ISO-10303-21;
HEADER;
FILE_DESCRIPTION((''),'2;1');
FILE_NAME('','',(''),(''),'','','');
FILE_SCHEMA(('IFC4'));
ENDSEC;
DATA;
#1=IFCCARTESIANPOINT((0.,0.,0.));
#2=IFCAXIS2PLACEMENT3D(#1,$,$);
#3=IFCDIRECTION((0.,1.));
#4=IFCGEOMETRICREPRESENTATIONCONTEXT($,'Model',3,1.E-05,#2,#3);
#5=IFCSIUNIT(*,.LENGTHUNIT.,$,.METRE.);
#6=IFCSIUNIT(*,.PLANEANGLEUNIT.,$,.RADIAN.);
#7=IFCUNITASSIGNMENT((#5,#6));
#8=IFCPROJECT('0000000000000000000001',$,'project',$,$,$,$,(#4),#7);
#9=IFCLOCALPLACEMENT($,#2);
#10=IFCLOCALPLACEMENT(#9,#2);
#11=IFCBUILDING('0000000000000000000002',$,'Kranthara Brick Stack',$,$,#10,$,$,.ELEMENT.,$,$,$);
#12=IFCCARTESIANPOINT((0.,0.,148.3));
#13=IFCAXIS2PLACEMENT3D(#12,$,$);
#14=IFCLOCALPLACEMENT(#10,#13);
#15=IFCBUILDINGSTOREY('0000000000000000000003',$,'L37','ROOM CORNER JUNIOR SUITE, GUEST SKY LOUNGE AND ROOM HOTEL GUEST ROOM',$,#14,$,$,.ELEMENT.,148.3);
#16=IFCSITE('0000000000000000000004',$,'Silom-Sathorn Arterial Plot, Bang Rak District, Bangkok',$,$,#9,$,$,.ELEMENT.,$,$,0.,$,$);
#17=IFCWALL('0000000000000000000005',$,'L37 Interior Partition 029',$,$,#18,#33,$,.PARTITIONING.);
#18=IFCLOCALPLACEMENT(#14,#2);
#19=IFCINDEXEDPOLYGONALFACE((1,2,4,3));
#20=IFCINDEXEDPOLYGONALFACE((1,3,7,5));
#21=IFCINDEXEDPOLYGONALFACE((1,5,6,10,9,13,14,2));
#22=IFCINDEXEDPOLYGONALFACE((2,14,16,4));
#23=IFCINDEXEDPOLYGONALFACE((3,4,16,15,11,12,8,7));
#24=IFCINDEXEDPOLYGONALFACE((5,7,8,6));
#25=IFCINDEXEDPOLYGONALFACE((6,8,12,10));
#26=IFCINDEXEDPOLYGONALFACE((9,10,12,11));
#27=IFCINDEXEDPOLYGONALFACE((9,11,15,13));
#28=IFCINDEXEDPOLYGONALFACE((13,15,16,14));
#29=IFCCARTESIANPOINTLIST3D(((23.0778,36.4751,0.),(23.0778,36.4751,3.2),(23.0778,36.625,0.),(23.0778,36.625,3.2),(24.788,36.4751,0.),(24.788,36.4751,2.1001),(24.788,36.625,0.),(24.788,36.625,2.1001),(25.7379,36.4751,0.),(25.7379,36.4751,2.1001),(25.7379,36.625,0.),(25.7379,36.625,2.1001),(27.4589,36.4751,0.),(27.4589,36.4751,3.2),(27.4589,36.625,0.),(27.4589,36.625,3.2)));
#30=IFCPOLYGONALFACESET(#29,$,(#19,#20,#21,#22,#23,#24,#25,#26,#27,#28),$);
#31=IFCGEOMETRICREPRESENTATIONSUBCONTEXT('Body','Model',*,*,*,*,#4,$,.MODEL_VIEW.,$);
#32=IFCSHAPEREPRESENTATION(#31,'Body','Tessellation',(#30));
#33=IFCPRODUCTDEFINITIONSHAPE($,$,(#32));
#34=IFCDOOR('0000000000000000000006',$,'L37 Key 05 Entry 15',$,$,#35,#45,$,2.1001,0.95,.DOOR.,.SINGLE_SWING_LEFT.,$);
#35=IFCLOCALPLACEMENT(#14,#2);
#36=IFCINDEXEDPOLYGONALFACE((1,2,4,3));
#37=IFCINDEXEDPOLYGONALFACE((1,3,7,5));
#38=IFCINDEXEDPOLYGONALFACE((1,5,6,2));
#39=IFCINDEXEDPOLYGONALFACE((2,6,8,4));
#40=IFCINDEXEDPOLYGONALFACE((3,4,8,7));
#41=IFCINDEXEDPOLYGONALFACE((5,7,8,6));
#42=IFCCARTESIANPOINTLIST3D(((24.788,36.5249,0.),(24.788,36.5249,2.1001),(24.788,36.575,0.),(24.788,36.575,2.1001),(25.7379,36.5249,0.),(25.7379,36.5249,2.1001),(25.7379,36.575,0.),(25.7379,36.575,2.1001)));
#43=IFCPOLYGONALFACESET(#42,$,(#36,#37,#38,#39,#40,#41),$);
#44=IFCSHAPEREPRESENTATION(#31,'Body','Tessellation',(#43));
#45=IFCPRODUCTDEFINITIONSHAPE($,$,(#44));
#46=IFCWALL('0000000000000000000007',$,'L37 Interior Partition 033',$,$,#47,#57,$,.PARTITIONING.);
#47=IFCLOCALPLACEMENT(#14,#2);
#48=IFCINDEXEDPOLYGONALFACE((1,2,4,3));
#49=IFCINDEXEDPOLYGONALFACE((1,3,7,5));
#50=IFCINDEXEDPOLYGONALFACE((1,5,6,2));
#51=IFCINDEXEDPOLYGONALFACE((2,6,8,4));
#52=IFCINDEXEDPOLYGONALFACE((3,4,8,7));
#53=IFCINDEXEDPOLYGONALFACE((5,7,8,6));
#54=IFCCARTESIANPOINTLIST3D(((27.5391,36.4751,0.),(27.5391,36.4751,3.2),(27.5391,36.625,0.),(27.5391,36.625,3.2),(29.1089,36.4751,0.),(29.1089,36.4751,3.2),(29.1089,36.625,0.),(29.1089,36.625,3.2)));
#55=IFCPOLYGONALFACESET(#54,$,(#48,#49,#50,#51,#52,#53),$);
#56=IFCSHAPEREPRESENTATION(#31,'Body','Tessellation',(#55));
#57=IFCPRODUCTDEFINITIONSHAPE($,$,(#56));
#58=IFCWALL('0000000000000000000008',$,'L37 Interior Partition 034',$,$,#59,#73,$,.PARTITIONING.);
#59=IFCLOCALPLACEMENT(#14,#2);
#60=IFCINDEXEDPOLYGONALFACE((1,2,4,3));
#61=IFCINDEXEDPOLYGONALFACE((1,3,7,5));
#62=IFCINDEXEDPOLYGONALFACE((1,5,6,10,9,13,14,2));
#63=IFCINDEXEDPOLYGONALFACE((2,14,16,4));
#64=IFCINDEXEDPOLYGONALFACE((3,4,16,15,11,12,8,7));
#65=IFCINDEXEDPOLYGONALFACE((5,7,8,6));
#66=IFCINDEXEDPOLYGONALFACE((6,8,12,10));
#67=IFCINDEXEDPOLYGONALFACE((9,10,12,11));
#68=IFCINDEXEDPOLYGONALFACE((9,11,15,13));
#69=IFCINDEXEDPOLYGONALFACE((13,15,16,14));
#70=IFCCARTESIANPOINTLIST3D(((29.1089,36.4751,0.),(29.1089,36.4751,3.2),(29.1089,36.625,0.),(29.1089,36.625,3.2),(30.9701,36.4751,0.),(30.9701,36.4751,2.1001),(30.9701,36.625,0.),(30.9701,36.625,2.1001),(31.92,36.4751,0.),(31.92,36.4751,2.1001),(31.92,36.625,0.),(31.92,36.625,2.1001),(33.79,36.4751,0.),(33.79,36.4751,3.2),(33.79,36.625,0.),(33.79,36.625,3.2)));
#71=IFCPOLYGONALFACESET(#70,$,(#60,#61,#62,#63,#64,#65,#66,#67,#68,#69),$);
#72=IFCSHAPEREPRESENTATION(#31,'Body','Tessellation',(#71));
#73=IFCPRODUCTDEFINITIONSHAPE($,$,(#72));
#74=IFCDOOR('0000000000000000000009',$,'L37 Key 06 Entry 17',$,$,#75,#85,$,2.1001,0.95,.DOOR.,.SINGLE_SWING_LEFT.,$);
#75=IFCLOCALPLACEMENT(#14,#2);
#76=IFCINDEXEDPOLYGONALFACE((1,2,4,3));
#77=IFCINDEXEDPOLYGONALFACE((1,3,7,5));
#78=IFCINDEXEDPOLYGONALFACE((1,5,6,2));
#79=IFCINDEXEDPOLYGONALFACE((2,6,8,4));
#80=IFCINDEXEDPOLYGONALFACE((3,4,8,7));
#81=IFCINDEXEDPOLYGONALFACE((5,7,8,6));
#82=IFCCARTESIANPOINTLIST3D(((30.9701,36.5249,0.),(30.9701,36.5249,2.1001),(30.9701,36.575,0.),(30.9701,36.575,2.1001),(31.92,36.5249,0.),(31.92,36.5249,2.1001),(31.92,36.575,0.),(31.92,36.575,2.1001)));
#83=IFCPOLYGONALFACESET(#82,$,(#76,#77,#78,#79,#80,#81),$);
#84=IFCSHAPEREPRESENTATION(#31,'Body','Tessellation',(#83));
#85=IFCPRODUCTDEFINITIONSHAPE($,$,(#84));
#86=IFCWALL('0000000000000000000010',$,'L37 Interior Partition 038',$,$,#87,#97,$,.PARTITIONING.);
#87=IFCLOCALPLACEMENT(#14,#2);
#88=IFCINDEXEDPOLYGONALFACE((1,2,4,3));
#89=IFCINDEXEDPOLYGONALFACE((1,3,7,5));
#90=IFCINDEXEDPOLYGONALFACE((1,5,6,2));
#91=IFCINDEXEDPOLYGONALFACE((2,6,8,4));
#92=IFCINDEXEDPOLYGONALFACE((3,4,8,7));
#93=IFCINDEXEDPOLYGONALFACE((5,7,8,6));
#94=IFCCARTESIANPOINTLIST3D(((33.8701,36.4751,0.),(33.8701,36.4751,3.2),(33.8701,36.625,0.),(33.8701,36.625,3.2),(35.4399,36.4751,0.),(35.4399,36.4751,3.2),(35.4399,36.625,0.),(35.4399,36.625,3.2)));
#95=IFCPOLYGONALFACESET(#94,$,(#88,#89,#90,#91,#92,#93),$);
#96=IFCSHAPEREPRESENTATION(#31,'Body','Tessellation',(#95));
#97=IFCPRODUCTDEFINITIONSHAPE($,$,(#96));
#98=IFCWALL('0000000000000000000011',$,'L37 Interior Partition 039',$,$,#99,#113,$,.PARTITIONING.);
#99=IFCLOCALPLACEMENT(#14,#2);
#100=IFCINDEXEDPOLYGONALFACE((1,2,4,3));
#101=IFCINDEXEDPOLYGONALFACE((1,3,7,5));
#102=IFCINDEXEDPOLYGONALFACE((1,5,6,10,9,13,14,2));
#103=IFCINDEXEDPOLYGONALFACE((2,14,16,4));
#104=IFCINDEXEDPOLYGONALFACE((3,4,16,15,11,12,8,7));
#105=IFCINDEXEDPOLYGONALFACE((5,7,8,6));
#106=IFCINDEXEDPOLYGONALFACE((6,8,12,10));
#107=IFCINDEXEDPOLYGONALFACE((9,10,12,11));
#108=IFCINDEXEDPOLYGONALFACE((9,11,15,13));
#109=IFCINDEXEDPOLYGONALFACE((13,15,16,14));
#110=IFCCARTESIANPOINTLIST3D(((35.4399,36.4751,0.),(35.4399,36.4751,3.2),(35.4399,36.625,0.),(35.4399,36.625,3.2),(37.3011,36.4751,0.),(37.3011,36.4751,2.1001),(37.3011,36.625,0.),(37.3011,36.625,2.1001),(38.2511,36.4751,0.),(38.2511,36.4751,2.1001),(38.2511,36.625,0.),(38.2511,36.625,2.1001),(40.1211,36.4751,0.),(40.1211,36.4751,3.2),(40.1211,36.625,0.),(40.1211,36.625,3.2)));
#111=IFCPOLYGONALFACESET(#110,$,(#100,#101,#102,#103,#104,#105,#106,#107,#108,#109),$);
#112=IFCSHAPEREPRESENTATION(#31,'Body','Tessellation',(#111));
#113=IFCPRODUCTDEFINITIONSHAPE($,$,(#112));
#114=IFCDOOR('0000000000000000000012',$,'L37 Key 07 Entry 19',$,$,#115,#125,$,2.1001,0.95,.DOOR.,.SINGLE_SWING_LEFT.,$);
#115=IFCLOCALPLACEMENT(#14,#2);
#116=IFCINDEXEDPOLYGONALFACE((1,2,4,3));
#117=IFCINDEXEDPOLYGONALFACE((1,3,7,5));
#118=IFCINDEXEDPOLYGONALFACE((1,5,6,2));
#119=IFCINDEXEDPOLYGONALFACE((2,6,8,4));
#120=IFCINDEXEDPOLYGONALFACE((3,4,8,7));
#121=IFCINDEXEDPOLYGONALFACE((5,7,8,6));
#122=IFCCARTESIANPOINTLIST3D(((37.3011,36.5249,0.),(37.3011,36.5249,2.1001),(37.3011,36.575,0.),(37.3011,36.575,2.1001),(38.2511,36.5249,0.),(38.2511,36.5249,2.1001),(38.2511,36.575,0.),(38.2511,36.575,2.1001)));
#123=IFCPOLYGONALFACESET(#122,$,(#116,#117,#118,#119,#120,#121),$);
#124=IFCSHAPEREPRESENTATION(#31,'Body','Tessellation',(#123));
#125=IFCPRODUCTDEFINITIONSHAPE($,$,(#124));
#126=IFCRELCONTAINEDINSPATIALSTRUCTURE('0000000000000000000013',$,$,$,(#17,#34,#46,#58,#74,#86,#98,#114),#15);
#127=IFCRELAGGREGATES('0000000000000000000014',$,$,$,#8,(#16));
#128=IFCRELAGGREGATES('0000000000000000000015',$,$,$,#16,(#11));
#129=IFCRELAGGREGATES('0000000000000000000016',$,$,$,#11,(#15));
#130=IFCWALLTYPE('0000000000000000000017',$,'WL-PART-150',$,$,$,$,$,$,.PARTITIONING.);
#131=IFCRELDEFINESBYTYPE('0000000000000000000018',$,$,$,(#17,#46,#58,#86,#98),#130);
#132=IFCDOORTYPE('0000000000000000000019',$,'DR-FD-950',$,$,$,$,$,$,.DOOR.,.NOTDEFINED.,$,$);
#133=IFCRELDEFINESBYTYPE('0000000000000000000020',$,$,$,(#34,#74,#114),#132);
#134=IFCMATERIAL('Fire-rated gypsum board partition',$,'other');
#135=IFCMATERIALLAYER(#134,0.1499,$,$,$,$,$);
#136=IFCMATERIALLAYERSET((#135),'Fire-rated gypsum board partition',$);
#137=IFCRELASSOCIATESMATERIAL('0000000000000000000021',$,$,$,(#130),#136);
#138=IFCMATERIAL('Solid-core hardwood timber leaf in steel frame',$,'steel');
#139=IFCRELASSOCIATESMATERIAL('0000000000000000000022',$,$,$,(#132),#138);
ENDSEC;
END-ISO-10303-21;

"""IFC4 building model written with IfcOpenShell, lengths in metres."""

from ifc_helpers import new_model, si_unit, direction, frame, frame_2d, origin, place, context, subcontext, project, spatial, rectangle, extrude, material, layer, layer_set, type_object, element, fill, save


model = new_model("IFC4")

# Units and contexts
model_context = context("Model", 3, precision=1e-05, world=origin(), true_north=direction((0.0, 1.0)))
body_context = subcontext(model_context, "Body", "Model", "MODEL_VIEW")
ifc_project = project(units=[si_unit("LENGTHUNIT", "METRE"), si_unit("PLANEANGLEUNIT", "RADIAN")], contexts=[model_context])

# Site, building, storey
site_placement = place(None, origin())
site = spatial("IfcSite", under=ifc_project, at=site_placement, Name="Silom-Sathorn Arterial Plot, Bang Rak District, Bangkok", CompositionType="ELEMENT", RefElevation=0.0)
building_placement = place(site_placement, origin())
building = spatial("IfcBuilding", under=site, at=building_placement, Name="Kranthara Brick Stack", CompositionType="ELEMENT")
storey_placement = place(building_placement, frame((0.0, 0.0, 148.3)))
storey = spatial("IfcBuildingStorey", under=building, at=storey_placement, Name="L37", Description="ROOM CORNER JUNIOR SUITE, GUEST SKY LOUNGE AND ROOM HOTEL GUEST ROOM", CompositionType="ELEMENT", Elevation=148.3)

# Wall, opening, door
ifc_material_1 = material(Name="Fire-rated gypsum board partition", Category="other")
ifc_layer = layer(ifc_material_1, 0.1499)
ifc_layer_set = layer_set([ifc_layer], Name="Fire-rated gypsum board partition")
wall_type = type_object("IfcWallType", Name="WL-PART-150", PredefinedType="PARTITIONING", material=ifc_layer_set)
wall_1_placement = place(storey_placement, frame((23.0779, 36.55, 0.0), z_axis=(0.0, 0.0, 1.0), x_axis=(1.0, 0.0, 0.0)))
wall_1 = element("IfcWall", 1, at=wall_1_placement, inside=storey, type_object=wall_type, Name="L37 Interior Partition 029", PredefinedType="PARTITIONING", context=body_context, shape_type="SweptSolid", body=[
    extrude(rectangle(XDim=4.3811, YDim=0.1499, at=frame_2d((2.1904, 0.0))), origin(), (0.0, 0.0, 1.0), 3.2),
])
opening_1_placement = place(wall_1_placement, frame((1.71, 0.0, 0.0)))
opening_1 = element("IfcOpeningElement", 2, at=opening_1_placement, cuts=wall_1, PredefinedType="OPENING", context=body_context, shape_type="SweptSolid", body=[
    extrude(rectangle(XDim=0.95, YDim=2.1001, at=frame_2d((0.4751, 1.05))), frame((0.0, 0.085, 0.0), z_axis=(0.0, -1.0, 0.0), x_axis=(1.0, 0.0, 0.0)), (0.0, 0.0, 1.0), 0.1699),
])
ifc_material_2 = material(Name="Solid-core hardwood timber leaf in steel frame", Category="steel")
door_type = type_object("IfcDoorType", Name="DR-FD-950", OperationType="NOTDEFINED", PredefinedType="DOOR", material=ifc_material_2)
door_1_placement = place(opening_1_placement, origin())
door_1 = element("IfcDoor", 3, at=door_1_placement, inside=storey, type_object=door_type, Name="L37 Key 05 Entry 15", OperationType="SINGLE_SWING_LEFT", OverallHeight=2.1001, OverallWidth=0.95, PredefinedType="DOOR", context=body_context, shape_type="SweptSolid", body=[
    extrude(rectangle(XDim=0.95, YDim=2.1001, at=frame_2d((0.4751, 1.05))), frame((0.0, 0.0249, 0.0), z_axis=(0.0, -1.0, 0.0), x_axis=(1.0, 0.0, 0.0)), (0.0, 0.0, 1.0), 0.05),
])
fill(opening_1, door_1)

# Wall
wall_2_placement = place(storey_placement, frame((27.5391, 36.55, 0.0), z_axis=(0.0, 0.0, 1.0), x_axis=(1.0, 0.0, 0.0)))
element("IfcWall", 4, at=wall_2_placement, inside=storey, type_object=wall_type, Name="L37 Interior Partition 033", PredefinedType="PARTITIONING", context=body_context, shape_type="SweptSolid", body=[
    extrude(rectangle(XDim=1.5698, YDim=0.1499, at=frame_2d((0.7849, 0.0))), origin(), (0.0, 0.0, 1.0), 3.2),
])

# Wall, opening, door
wall_3_placement = place(storey_placement, frame((29.1089, 36.55, 0.0), z_axis=(0.0, 0.0, 1.0), x_axis=(1.0, 0.0, 0.0)))
wall_3 = element("IfcWall", 5, at=wall_3_placement, inside=storey, type_object=wall_type, Name="L37 Interior Partition 034", PredefinedType="PARTITIONING", context=body_context, shape_type="SweptSolid", body=[
    extrude(rectangle(XDim=4.6812, YDim=0.1499, at=frame_2d((2.3406, 0.0))), origin(), (0.0, 0.0, 1.0), 3.2),
])
opening_2_placement = place(wall_3_placement, frame((1.8611, 0.0, 0.0)))
opening_2 = element("IfcOpeningElement", 6, at=opening_2_placement, cuts=wall_3, PredefinedType="OPENING", context=body_context, shape_type="SweptSolid", body=[
    extrude(rectangle(XDim=0.95, YDim=2.1001, at=frame_2d((0.4751, 1.05))), frame((0.0, 0.085, 0.0), z_axis=(0.0, -1.0, 0.0), x_axis=(1.0, 0.0, 0.0)), (0.0, 0.0, 1.0), 0.1699),
])
door_2_placement = place(opening_2_placement, origin())
door_2 = element("IfcDoor", 7, at=door_2_placement, inside=storey, type_object=door_type, Name="L37 Key 06 Entry 17", OperationType="SINGLE_SWING_LEFT", OverallHeight=2.1001, OverallWidth=0.95, PredefinedType="DOOR", context=body_context, shape_type="SweptSolid", body=[
    extrude(rectangle(XDim=0.95, YDim=2.1001, at=frame_2d((0.4751, 1.05))), frame((0.0, 0.0249, 0.0), z_axis=(0.0, -1.0, 0.0), x_axis=(1.0, 0.0, 0.0)), (0.0, 0.0, 1.0), 0.05),
])
fill(opening_2, door_2)

# Wall
wall_4_placement = place(storey_placement, frame((33.8701, 36.55, 0.0), z_axis=(0.0, 0.0, 1.0), x_axis=(1.0, 0.0, 0.0)))
element("IfcWall", 8, at=wall_4_placement, inside=storey, type_object=wall_type, Name="L37 Interior Partition 038", PredefinedType="PARTITIONING", context=body_context, shape_type="SweptSolid", body=[
    extrude(rectangle(XDim=1.5698, YDim=0.1499, at=frame_2d((0.7849, 0.0))), origin(), (0.0, 0.0, 1.0), 3.2),
])

# Wall, opening, door
wall_5_placement = place(storey_placement, frame((35.4399, 36.55, 0.0), z_axis=(0.0, 0.0, 1.0), x_axis=(1.0, 0.0, 0.0)))
wall_5 = element("IfcWall", 9, at=wall_5_placement, inside=storey, type_object=wall_type, Name="L37 Interior Partition 039", PredefinedType="PARTITIONING", context=body_context, shape_type="SweptSolid", body=[
    extrude(rectangle(XDim=4.6812, YDim=0.1499, at=frame_2d((2.3406, 0.0))), origin(), (0.0, 0.0, 1.0), 3.2),
])
opening_3_placement = place(wall_5_placement, frame((1.8611, 0.0, 0.0)))
opening_3 = element("IfcOpeningElement", 10, at=opening_3_placement, cuts=wall_5, PredefinedType="OPENING", context=body_context, shape_type="SweptSolid", body=[
    extrude(rectangle(XDim=0.95, YDim=2.1001, at=frame_2d((0.4751, 1.05))), frame((0.0, 0.085, 0.0), z_axis=(0.0, -1.0, 0.0), x_axis=(1.0, 0.0, 0.0)), (0.0, 0.0, 1.0), 0.1699),
])
door_3_placement = place(opening_3_placement, origin())
door_3 = element("IfcDoor", 11, at=door_3_placement, inside=storey, type_object=door_type, Name="L37 Key 07 Entry 19", OperationType="SINGLE_SWING_LEFT", OverallHeight=2.1001, OverallWidth=0.95, PredefinedType="DOOR", context=body_context, shape_type="SweptSolid", body=[
    extrude(rectangle(XDim=0.95, YDim=2.1001, at=frame_2d((0.4751, 1.05))), frame((0.0, 0.0249, 0.0), z_axis=(0.0, -1.0, 0.0), x_axis=(1.0, 0.0, 0.0)), (0.0, 0.0, 1.0), 0.05),
])
fill(opening_3, door_3)

save(model, "model.ifc")
